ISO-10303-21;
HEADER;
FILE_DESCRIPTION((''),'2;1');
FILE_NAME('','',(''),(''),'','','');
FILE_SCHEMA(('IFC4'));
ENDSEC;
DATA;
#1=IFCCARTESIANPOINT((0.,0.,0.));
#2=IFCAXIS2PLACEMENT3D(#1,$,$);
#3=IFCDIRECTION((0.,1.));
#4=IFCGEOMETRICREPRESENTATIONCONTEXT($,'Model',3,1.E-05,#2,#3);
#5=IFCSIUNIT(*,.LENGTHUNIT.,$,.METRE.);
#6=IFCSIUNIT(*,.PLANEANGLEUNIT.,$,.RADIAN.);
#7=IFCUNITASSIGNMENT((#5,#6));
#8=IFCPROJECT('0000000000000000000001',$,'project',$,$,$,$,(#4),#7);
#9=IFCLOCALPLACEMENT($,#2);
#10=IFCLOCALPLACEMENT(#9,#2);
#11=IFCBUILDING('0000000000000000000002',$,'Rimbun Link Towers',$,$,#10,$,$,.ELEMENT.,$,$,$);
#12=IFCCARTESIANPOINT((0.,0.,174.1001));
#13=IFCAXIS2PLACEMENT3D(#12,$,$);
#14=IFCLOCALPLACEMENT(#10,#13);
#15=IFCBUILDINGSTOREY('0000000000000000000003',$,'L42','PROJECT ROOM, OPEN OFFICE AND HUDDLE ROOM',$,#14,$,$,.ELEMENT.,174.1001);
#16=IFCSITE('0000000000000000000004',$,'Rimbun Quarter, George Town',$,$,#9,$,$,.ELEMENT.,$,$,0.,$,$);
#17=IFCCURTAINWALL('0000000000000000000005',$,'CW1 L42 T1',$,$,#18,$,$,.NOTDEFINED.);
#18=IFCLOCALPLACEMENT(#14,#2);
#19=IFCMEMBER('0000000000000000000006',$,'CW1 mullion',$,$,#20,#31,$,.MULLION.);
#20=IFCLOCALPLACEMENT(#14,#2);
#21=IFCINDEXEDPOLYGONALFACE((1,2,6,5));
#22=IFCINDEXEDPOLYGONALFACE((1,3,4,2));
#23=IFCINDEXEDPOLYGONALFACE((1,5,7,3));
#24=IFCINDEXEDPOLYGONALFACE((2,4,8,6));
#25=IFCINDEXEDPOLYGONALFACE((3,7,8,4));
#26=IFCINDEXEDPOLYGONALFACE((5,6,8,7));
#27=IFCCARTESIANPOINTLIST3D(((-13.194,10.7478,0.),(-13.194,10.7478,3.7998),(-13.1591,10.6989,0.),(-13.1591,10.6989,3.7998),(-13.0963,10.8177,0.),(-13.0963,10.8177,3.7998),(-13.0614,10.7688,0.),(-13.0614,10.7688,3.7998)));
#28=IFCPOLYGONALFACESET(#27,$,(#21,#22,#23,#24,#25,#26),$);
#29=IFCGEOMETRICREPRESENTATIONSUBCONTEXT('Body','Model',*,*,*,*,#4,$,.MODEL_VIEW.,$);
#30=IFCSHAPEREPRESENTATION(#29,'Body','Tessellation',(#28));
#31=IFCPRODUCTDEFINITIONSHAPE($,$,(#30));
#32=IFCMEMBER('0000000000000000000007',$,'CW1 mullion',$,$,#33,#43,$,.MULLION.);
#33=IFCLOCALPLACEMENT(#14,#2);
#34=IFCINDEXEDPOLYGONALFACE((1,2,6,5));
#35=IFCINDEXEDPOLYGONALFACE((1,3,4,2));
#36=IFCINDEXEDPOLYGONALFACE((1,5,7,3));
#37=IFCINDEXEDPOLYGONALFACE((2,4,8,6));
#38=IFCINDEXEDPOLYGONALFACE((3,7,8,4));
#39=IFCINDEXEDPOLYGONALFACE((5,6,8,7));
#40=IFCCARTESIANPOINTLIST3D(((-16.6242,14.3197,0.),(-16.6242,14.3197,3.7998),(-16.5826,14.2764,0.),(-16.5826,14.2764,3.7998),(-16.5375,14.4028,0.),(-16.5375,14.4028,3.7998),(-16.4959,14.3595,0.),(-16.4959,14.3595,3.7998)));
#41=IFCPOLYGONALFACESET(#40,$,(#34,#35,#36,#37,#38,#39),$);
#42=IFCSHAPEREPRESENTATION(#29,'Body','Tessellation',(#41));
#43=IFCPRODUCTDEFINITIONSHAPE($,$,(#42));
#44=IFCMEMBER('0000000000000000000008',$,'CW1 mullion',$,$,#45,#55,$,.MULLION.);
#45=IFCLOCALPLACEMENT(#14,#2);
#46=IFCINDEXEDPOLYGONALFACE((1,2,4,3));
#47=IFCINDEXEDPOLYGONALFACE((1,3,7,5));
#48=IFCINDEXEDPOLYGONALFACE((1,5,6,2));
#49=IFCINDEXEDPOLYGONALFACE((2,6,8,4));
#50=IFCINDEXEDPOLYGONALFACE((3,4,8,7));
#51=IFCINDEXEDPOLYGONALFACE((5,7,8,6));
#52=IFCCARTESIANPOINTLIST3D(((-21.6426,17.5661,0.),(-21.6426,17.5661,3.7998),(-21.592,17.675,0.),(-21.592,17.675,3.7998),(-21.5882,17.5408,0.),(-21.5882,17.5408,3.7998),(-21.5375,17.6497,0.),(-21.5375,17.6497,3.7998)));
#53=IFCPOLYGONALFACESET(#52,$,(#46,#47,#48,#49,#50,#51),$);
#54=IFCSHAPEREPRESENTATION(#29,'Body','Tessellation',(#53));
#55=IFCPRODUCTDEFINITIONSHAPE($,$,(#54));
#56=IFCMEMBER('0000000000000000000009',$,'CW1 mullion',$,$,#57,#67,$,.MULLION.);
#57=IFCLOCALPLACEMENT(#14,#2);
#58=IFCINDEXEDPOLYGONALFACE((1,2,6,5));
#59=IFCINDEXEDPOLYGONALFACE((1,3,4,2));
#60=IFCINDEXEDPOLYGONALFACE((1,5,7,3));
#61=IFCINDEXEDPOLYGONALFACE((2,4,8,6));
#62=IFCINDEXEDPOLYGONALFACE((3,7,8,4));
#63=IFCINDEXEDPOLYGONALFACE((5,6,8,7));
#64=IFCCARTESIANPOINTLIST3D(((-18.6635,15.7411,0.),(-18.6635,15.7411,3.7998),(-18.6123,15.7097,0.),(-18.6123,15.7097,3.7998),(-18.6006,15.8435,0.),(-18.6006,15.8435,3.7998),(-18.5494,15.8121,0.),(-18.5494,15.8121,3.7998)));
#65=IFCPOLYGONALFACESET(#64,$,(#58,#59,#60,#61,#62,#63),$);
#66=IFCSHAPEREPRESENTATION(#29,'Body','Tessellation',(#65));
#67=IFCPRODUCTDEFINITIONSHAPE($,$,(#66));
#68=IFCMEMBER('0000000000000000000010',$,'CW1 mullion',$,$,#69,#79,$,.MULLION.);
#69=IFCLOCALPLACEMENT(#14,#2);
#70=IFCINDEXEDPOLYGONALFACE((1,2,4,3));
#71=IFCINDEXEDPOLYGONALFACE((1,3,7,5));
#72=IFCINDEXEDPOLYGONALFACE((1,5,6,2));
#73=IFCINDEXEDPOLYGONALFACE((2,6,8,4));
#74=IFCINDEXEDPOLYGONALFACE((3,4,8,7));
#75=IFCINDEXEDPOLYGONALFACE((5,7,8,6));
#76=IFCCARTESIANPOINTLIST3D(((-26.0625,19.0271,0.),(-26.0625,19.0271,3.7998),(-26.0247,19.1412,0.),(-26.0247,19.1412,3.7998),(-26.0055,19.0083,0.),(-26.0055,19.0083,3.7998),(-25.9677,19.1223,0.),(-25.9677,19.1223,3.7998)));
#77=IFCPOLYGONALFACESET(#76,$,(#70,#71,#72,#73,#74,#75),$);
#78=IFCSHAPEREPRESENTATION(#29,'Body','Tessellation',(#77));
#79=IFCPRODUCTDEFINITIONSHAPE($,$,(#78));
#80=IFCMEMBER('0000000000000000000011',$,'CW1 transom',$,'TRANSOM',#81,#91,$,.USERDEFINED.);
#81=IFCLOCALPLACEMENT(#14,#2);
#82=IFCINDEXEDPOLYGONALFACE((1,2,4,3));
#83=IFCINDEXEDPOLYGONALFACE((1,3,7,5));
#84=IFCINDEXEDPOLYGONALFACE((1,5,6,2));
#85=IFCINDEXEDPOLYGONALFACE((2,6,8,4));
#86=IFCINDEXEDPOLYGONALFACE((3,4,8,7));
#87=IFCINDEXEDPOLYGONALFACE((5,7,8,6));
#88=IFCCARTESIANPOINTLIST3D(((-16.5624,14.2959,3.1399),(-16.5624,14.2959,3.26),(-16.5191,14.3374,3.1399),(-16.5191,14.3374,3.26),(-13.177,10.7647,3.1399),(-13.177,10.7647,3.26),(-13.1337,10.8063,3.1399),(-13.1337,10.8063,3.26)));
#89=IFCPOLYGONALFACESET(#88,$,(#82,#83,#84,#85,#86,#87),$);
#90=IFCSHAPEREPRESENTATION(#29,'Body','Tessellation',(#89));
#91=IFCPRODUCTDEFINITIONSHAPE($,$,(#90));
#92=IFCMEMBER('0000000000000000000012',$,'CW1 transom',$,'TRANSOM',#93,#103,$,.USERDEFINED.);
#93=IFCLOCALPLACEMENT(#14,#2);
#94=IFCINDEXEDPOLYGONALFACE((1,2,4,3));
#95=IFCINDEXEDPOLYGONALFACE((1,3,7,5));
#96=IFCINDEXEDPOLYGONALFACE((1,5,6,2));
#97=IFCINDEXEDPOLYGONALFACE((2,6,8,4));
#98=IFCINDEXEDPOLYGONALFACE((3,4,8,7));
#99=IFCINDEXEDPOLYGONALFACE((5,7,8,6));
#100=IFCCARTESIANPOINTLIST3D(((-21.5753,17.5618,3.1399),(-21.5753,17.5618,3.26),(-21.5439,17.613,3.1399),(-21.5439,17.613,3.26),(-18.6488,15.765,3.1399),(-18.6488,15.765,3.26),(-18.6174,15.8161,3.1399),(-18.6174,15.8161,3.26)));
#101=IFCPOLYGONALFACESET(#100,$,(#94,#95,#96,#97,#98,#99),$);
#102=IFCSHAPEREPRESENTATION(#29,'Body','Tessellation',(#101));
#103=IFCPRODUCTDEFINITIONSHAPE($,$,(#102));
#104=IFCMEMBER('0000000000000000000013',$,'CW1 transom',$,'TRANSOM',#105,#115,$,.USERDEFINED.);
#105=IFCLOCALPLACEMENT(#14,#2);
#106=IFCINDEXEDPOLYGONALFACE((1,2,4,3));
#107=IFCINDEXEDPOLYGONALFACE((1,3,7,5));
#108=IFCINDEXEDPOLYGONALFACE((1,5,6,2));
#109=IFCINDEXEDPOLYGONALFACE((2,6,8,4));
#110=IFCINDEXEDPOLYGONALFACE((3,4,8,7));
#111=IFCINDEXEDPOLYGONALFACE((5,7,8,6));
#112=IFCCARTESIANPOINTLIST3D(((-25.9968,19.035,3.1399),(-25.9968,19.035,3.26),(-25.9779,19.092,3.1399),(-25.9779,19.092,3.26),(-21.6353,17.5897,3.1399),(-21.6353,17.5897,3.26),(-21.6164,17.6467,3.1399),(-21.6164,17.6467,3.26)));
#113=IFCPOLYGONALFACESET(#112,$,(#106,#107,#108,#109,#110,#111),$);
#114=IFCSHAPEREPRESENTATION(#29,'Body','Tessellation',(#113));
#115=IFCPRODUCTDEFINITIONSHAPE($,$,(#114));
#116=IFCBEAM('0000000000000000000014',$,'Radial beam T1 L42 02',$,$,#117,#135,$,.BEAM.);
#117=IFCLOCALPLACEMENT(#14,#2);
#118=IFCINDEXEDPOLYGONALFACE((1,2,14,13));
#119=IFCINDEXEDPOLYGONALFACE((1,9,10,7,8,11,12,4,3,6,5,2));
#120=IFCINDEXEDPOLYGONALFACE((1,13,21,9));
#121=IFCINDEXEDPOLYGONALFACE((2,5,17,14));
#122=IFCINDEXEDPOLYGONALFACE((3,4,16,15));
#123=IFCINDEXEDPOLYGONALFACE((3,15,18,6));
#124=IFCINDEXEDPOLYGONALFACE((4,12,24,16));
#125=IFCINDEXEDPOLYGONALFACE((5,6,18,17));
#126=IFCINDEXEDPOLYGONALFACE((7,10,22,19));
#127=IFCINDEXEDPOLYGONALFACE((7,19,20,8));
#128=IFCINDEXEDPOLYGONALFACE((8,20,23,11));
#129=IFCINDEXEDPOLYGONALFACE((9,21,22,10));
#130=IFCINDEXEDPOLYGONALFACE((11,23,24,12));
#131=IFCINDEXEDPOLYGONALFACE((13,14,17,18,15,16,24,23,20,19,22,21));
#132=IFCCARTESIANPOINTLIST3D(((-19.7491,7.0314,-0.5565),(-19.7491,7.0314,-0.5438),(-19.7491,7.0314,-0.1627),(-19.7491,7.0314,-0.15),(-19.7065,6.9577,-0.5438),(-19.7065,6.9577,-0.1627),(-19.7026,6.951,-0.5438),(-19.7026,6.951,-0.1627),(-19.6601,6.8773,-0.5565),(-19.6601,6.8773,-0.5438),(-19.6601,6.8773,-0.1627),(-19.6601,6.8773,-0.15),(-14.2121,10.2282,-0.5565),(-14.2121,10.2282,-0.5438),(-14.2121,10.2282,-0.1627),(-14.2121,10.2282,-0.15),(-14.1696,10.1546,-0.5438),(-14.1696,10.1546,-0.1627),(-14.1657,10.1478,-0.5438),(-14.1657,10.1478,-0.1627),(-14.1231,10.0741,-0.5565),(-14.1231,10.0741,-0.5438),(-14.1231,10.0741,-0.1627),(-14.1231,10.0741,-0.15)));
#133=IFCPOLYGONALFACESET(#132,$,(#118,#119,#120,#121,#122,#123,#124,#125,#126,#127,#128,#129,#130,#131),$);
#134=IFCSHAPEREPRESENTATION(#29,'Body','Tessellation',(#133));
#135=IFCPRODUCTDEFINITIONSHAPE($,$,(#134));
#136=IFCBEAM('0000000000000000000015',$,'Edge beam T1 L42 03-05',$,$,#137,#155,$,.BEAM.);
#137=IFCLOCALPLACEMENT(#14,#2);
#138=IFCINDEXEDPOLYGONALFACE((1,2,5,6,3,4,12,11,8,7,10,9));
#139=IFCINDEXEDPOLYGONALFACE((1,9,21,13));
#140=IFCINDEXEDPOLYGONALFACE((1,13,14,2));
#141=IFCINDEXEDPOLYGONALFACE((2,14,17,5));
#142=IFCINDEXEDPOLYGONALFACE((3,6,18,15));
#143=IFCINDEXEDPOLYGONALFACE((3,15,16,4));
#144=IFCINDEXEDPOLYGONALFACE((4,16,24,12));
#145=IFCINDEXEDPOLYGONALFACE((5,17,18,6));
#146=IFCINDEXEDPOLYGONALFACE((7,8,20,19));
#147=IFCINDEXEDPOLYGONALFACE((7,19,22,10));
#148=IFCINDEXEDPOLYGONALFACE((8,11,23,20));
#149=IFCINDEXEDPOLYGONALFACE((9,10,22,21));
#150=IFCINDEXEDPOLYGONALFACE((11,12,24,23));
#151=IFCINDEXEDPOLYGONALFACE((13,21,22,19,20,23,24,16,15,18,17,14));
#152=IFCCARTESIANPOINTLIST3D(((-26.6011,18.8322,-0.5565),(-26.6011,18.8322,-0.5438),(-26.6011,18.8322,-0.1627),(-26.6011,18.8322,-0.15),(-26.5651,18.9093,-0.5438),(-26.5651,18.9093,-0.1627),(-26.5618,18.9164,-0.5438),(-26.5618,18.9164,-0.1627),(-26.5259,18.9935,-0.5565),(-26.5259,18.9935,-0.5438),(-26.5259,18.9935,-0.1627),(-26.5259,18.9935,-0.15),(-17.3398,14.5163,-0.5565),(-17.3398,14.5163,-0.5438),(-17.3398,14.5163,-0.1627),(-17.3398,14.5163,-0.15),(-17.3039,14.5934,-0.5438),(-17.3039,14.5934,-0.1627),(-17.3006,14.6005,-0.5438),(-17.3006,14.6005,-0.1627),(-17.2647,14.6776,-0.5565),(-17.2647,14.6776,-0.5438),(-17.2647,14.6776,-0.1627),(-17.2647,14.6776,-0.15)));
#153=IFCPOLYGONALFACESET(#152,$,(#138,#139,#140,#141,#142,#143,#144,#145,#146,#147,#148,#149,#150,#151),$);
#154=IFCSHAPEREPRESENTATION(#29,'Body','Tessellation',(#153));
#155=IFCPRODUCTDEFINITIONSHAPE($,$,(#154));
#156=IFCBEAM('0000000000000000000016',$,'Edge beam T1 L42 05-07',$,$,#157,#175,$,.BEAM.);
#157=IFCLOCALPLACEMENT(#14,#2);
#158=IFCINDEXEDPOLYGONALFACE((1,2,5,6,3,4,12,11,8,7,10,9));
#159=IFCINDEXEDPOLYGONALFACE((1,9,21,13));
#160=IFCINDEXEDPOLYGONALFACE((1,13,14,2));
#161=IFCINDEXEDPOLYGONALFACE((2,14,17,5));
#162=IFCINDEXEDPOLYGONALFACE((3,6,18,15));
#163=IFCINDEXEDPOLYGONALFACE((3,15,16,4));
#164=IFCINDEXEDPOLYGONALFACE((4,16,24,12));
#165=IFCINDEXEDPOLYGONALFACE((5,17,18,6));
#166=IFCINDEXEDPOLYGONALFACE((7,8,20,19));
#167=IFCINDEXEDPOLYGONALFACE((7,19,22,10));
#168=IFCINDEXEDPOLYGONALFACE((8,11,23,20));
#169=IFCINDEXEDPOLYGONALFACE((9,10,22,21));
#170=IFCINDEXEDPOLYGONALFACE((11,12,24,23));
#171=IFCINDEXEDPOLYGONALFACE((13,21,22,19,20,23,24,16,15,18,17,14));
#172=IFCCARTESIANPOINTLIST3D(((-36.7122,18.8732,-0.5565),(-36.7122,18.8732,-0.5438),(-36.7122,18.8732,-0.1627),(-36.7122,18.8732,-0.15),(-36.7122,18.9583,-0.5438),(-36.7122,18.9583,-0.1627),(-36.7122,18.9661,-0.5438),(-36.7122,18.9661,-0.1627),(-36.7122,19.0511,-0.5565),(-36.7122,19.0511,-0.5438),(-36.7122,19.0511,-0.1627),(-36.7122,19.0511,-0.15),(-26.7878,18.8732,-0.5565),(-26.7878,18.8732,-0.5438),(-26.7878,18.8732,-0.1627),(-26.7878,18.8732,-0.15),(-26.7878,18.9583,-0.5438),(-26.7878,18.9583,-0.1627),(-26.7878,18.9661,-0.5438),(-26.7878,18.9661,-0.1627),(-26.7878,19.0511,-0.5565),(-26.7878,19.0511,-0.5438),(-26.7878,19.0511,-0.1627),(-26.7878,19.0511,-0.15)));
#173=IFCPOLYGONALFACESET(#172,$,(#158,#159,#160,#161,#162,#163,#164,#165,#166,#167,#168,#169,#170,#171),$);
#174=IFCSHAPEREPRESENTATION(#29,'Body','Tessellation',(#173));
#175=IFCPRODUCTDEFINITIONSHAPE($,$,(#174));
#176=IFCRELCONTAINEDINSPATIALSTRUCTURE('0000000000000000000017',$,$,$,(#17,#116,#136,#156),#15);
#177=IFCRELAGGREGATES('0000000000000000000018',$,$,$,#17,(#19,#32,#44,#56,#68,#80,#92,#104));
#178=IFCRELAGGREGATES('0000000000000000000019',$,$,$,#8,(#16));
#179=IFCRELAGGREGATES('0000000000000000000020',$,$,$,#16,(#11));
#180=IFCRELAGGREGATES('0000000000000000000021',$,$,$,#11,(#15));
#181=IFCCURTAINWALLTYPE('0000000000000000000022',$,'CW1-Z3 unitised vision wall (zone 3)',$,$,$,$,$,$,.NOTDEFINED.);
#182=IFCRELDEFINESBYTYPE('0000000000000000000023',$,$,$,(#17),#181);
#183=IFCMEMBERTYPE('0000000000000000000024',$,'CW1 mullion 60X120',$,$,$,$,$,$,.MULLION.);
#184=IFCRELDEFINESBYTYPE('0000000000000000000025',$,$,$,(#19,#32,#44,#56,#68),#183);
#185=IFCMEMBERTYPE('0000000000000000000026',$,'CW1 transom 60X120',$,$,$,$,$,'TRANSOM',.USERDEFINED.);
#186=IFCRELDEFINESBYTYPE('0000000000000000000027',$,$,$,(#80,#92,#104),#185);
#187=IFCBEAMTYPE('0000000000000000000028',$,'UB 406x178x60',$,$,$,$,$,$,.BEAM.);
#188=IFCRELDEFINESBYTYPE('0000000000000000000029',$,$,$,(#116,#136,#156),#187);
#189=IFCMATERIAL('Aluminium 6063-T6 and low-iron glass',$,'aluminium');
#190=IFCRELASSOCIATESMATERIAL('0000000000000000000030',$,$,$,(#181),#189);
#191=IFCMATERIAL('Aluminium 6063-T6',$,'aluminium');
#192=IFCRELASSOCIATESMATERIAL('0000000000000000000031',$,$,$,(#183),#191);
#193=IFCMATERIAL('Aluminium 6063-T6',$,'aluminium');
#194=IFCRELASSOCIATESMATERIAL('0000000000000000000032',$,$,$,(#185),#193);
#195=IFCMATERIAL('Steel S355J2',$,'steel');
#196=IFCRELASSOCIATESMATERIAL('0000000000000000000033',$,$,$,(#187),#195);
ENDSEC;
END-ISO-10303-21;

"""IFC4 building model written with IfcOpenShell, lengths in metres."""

from ifc_helpers import new_model, si_unit, direction, frame, origin, origin_2d, place, context, subcontext, project, spatial, rectangle, i_section, extrude, material, material_profile, profile_set, type_object, element, aggregate, save


model = new_model("IFC4")

# Units and contexts
model_context = context("Model", 3, precision=1e-05, world=origin(), true_north=direction((0.0, 1.0)))
body_context = subcontext(model_context, "Body", "Model", "MODEL_VIEW")
ifc_project = project(units=[si_unit("LENGTHUNIT", "METRE"), si_unit("PLANEANGLEUNIT", "RADIAN")], contexts=[model_context])

# Site, building, storey
site_placement = place(None, origin())
site = spatial("IfcSite", under=ifc_project, at=site_placement, Name="Rimbun Quarter, George Town", CompositionType="ELEMENT", RefElevation=0.0)
building_placement = place(site_placement, origin())
building = spatial("IfcBuilding", under=site, at=building_placement, Name="Rimbun Link Towers", CompositionType="ELEMENT")
storey_placement = place(building_placement, frame((0.0, 0.0, 174.1001)))
storey = spatial("IfcBuildingStorey", under=building, at=storey_placement, Name="L42", Description="PROJECT ROOM, OPEN OFFICE AND HUDDLE ROOM", CompositionType="ELEMENT", Elevation=174.1001)

# Curtain wall, members
ifc_material_1 = material(Name="Aluminium 6063-T6 and low-iron glass", Category="aluminium")
curtain_wall_type = type_object("IfcCurtainWallType", Name="CW1-Z3 unitised vision wall (zone 3)", PredefinedType="NOTDEFINED", material=ifc_material_1)
curtain_wall_placement = place(storey_placement, origin())
curtain_wall = element("IfcCurtainWall", 1, at=curtain_wall_placement, inside=storey, type_object=curtain_wall_type, Name="CW1 L42 T1", PredefinedType="NOTDEFINED")
ifc_material_2 = material(Name="Aluminium 6063-T6", Category="aluminium")
ifc_material_profile_1 = material_profile(ifc_material_2, rectangle(XDim=0.1201, YDim=0.0601, at=origin_2d()), Name="MULLION 60X120")
ifc_profile_set_1 = profile_set([ifc_material_profile_1], Name="Aluminium 6063-T6")
member_type_1 = type_object("IfcMemberType", Name="CW1 mullion 60X120", PredefinedType="MULLION", material=ifc_profile_set_1)
member_1_placement = place(storey_placement, frame((-13.1277, 10.7583, 0.0), z_axis=(0.0, 0.0, 1.0), x_axis=(0.81335, 0.581775, 0.0)))
member_1 = element("IfcMember", 2, at=member_1_placement, type_object=member_type_1, Name="CW1 mullion", PredefinedType="MULLION", context=body_context, shape_type="SweptSolid", body=[
    extrude(rectangle(XDim=0.1201, YDim=0.0601, at=origin_2d()), origin(), (0.0, 0.0, 1.0), 3.7998),
])
member_2_placement = place(storey_placement, frame((-16.5601, 14.3396, 0.0), z_axis=(0.0, 0.0, 1.0), x_axis=(0.721854, 0.692045, 0.0)))
member_2 = element("IfcMember", 3, at=member_2_placement, type_object=member_type_1, Name="CW1 mullion", PredefinedType="MULLION", context=body_context, shape_type="SweptSolid", body=[
    extrude(rectangle(XDim=0.1201, YDim=0.0601, at=origin_2d()), origin(), (0.0, 0.0, 1.0), 3.7998),
])
member_3_placement = place(storey_placement, frame((-21.5901, 17.6079, 0.0), z_axis=(0.0, 0.0, 1.0), x_axis=(0.421697, 0.906737, 0.0)))
member_3 = element("IfcMember", 4, at=member_3_placement, type_object=member_type_1, Name="CW1 mullion", PredefinedType="MULLION", context=body_context, shape_type="SweptSolid", body=[
    extrude(rectangle(XDim=0.1201, YDim=0.0601, at=origin_2d()), origin(), (0.0, 0.0, 1.0), 3.7998),
])
member_4_placement = place(storey_placement, frame((-18.6064, 15.7766, 0.0), z_axis=(0.0, 0.0, 1.0), x_axis=(0.523231, 0.852191, 0.0)))
member_4 = element("IfcMember", 5, at=member_4_placement, type_object=member_type_1, Name="CW1 mullion", PredefinedType="MULLION", context=body_context, shape_type="SweptSolid", body=[
    extrude(rectangle(XDim=0.1201, YDim=0.0601, at=origin_2d()), origin(), (0.0, 0.0, 1.0), 3.7998),
])
member_5_placement = place(storey_placement, frame((-26.0151, 19.0747, 0.0), z_axis=(0.0, 0.0, 1.0), x_axis=(0.31456, 0.949237, 0.0)))
member_5 = element("IfcMember", 6, at=member_5_placement, type_object=member_type_1, Name="CW1 mullion", PredefinedType="MULLION", context=body_context, shape_type="SweptSolid", body=[
    extrude(rectangle(XDim=0.1201, YDim=0.0601, at=origin_2d()), origin(), (0.0, 0.0, 1.0), 3.7998),
])
ifc_material_3 = material(Name="Aluminium 6063-T6", Category="aluminium")
ifc_material_profile_2 = material_profile(ifc_material_3, rectangle(XDim=0.0601, YDim=0.1201, at=origin_2d()), Name="TRANSOM 60X120")
ifc_profile_set_2 = profile_set([ifc_material_profile_2], Name="Aluminium 6063-T6")
member_type_2 = type_object("IfcMemberType", Name="CW1 transom 60X120", ElementType="TRANSOM", PredefinedType="USERDEFINED", material=ifc_profile_set_2)
member_6_placement = place(storey_placement, frame((-16.5408, 14.3167, 3.2), z_axis=(0.692053, -0.721847, 0.0), x_axis=(0.721847, 0.692053, 0.0)))
member_6 = element("IfcMember", 7, at=member_6_placement, type_object=member_type_2, Name="CW1 transom", ObjectType="TRANSOM", PredefinedType="USERDEFINED", context=body_context, shape_type="SweptSolid", body=[
    extrude(rectangle(XDim=0.0601, YDim=0.1201, at=origin_2d()), origin(), (0.0, 0.0, 1.0), 4.8918),
])
member_7_placement = place(storey_placement, frame((-21.5596, 17.5874, 3.2), z_axis=(0.852185, -0.52324, 0.0), x_axis=(0.52324, 0.852185, 0.0)))
member_7 = element("IfcMember", 8, at=member_7_placement, type_object=member_type_2, Name="CW1 transom", ObjectType="TRANSOM", PredefinedType="USERDEFINED", context=body_context, shape_type="SweptSolid", body=[
    extrude(rectangle(XDim=0.0601, YDim=0.1201, at=origin_2d()), origin(), (0.0, 0.0, 1.0), 3.4341),
])
member_8_placement = place(storey_placement, frame((-25.9873, 19.0635, 3.2), z_axis=(0.94924, -0.314554, 0.0), x_axis=(0.314554, 0.94924, 0.0)))
member_8 = element("IfcMember", 9, at=member_8_placement, type_object=member_type_2, Name="CW1 transom", ObjectType="TRANSOM", PredefinedType="USERDEFINED", context=body_context, shape_type="SweptSolid", body=[
    extrude(rectangle(XDim=0.0601, YDim=0.1201, at=origin_2d()), origin(), (0.0, 0.0, 1.0), 4.5947),
])

# Beams
ifc_material_4 = material(Name="Steel S355J2", Category="steel")
ifc_material_profile_3 = material_profile(ifc_material_4, i_section(OverallWidth=0.178, OverallDepth=0.4065, WebThickness=0.0078, FlangeThickness=0.0127, at=origin_2d()), Name="UB 406x178x60")
ifc_profile_set_3 = profile_set([ifc_material_profile_3], Name="Steel S355J2")
beam_type_1 = type_object("IfcBeamType", Name="UB 406x178x60", PredefinedType="BEAM", material=ifc_profile_set_3)
beam_1_placement = place(storey_placement, frame((-19.7046, 6.9543, -0.3533), z_axis=(0.866021, 0.500008, 0.0), x_axis=(-0.500008, 0.866021, 0.0)))
element("IfcBeam", 10, at=beam_1_placement, inside=storey, type_object=beam_type_1, Name="Radial beam T1 L42 02", PredefinedType="BEAM", context=body_context, shape_type="SweptSolid", body=[
    extrude(i_section(OverallWidth=0.178, OverallDepth=0.4065, WebThickness=0.0078, FlangeThickness=0.0127, at=origin_2d()), origin(), (0.0, 0.0, 1.0), 6.3936),
])
beam_2_placement = place(storey_placement, frame((-17.3022, 14.5969, -0.3533), z_axis=(-0.906408, 0.422404, 0.0), x_axis=(-0.422404, -0.906408, 0.0)))
element("IfcBeam", 11, at=beam_2_placement, inside=storey, type_object=beam_type_1, Name="Edge beam T1 L42 03-05", PredefinedType="BEAM", context=body_context, shape_type="SweptSolid", body=[
    extrude(i_section(OverallWidth=0.178, OverallDepth=0.4065, WebThickness=0.0078, FlangeThickness=0.0127, at=origin_2d()), origin(), (0.0, 0.0, 1.0), 10.2175),
])
beam_3_placement = place(storey_placement, frame((-26.7878, 18.9622, -0.3533), z_axis=(-1.0, 0.0, 0.0), x_axis=(0.0, -1.0, 0.0)))
element("IfcBeam", 12, at=beam_3_placement, inside=storey, type_object=beam_type_1, Name="Edge beam T1 L42 05-07", PredefinedType="BEAM", context=body_context, shape_type="SweptSolid", body=[
    extrude(i_section(OverallWidth=0.178, OverallDepth=0.4065, WebThickness=0.0078, FlangeThickness=0.0127, at=origin_2d()), origin(), (0.0, 0.0, 1.0), 9.9243),
])

aggregate(curtain_wall, [member_1, member_2, member_3, member_4, member_5, member_6, member_7, member_8])

save(model, "model.ifc")
